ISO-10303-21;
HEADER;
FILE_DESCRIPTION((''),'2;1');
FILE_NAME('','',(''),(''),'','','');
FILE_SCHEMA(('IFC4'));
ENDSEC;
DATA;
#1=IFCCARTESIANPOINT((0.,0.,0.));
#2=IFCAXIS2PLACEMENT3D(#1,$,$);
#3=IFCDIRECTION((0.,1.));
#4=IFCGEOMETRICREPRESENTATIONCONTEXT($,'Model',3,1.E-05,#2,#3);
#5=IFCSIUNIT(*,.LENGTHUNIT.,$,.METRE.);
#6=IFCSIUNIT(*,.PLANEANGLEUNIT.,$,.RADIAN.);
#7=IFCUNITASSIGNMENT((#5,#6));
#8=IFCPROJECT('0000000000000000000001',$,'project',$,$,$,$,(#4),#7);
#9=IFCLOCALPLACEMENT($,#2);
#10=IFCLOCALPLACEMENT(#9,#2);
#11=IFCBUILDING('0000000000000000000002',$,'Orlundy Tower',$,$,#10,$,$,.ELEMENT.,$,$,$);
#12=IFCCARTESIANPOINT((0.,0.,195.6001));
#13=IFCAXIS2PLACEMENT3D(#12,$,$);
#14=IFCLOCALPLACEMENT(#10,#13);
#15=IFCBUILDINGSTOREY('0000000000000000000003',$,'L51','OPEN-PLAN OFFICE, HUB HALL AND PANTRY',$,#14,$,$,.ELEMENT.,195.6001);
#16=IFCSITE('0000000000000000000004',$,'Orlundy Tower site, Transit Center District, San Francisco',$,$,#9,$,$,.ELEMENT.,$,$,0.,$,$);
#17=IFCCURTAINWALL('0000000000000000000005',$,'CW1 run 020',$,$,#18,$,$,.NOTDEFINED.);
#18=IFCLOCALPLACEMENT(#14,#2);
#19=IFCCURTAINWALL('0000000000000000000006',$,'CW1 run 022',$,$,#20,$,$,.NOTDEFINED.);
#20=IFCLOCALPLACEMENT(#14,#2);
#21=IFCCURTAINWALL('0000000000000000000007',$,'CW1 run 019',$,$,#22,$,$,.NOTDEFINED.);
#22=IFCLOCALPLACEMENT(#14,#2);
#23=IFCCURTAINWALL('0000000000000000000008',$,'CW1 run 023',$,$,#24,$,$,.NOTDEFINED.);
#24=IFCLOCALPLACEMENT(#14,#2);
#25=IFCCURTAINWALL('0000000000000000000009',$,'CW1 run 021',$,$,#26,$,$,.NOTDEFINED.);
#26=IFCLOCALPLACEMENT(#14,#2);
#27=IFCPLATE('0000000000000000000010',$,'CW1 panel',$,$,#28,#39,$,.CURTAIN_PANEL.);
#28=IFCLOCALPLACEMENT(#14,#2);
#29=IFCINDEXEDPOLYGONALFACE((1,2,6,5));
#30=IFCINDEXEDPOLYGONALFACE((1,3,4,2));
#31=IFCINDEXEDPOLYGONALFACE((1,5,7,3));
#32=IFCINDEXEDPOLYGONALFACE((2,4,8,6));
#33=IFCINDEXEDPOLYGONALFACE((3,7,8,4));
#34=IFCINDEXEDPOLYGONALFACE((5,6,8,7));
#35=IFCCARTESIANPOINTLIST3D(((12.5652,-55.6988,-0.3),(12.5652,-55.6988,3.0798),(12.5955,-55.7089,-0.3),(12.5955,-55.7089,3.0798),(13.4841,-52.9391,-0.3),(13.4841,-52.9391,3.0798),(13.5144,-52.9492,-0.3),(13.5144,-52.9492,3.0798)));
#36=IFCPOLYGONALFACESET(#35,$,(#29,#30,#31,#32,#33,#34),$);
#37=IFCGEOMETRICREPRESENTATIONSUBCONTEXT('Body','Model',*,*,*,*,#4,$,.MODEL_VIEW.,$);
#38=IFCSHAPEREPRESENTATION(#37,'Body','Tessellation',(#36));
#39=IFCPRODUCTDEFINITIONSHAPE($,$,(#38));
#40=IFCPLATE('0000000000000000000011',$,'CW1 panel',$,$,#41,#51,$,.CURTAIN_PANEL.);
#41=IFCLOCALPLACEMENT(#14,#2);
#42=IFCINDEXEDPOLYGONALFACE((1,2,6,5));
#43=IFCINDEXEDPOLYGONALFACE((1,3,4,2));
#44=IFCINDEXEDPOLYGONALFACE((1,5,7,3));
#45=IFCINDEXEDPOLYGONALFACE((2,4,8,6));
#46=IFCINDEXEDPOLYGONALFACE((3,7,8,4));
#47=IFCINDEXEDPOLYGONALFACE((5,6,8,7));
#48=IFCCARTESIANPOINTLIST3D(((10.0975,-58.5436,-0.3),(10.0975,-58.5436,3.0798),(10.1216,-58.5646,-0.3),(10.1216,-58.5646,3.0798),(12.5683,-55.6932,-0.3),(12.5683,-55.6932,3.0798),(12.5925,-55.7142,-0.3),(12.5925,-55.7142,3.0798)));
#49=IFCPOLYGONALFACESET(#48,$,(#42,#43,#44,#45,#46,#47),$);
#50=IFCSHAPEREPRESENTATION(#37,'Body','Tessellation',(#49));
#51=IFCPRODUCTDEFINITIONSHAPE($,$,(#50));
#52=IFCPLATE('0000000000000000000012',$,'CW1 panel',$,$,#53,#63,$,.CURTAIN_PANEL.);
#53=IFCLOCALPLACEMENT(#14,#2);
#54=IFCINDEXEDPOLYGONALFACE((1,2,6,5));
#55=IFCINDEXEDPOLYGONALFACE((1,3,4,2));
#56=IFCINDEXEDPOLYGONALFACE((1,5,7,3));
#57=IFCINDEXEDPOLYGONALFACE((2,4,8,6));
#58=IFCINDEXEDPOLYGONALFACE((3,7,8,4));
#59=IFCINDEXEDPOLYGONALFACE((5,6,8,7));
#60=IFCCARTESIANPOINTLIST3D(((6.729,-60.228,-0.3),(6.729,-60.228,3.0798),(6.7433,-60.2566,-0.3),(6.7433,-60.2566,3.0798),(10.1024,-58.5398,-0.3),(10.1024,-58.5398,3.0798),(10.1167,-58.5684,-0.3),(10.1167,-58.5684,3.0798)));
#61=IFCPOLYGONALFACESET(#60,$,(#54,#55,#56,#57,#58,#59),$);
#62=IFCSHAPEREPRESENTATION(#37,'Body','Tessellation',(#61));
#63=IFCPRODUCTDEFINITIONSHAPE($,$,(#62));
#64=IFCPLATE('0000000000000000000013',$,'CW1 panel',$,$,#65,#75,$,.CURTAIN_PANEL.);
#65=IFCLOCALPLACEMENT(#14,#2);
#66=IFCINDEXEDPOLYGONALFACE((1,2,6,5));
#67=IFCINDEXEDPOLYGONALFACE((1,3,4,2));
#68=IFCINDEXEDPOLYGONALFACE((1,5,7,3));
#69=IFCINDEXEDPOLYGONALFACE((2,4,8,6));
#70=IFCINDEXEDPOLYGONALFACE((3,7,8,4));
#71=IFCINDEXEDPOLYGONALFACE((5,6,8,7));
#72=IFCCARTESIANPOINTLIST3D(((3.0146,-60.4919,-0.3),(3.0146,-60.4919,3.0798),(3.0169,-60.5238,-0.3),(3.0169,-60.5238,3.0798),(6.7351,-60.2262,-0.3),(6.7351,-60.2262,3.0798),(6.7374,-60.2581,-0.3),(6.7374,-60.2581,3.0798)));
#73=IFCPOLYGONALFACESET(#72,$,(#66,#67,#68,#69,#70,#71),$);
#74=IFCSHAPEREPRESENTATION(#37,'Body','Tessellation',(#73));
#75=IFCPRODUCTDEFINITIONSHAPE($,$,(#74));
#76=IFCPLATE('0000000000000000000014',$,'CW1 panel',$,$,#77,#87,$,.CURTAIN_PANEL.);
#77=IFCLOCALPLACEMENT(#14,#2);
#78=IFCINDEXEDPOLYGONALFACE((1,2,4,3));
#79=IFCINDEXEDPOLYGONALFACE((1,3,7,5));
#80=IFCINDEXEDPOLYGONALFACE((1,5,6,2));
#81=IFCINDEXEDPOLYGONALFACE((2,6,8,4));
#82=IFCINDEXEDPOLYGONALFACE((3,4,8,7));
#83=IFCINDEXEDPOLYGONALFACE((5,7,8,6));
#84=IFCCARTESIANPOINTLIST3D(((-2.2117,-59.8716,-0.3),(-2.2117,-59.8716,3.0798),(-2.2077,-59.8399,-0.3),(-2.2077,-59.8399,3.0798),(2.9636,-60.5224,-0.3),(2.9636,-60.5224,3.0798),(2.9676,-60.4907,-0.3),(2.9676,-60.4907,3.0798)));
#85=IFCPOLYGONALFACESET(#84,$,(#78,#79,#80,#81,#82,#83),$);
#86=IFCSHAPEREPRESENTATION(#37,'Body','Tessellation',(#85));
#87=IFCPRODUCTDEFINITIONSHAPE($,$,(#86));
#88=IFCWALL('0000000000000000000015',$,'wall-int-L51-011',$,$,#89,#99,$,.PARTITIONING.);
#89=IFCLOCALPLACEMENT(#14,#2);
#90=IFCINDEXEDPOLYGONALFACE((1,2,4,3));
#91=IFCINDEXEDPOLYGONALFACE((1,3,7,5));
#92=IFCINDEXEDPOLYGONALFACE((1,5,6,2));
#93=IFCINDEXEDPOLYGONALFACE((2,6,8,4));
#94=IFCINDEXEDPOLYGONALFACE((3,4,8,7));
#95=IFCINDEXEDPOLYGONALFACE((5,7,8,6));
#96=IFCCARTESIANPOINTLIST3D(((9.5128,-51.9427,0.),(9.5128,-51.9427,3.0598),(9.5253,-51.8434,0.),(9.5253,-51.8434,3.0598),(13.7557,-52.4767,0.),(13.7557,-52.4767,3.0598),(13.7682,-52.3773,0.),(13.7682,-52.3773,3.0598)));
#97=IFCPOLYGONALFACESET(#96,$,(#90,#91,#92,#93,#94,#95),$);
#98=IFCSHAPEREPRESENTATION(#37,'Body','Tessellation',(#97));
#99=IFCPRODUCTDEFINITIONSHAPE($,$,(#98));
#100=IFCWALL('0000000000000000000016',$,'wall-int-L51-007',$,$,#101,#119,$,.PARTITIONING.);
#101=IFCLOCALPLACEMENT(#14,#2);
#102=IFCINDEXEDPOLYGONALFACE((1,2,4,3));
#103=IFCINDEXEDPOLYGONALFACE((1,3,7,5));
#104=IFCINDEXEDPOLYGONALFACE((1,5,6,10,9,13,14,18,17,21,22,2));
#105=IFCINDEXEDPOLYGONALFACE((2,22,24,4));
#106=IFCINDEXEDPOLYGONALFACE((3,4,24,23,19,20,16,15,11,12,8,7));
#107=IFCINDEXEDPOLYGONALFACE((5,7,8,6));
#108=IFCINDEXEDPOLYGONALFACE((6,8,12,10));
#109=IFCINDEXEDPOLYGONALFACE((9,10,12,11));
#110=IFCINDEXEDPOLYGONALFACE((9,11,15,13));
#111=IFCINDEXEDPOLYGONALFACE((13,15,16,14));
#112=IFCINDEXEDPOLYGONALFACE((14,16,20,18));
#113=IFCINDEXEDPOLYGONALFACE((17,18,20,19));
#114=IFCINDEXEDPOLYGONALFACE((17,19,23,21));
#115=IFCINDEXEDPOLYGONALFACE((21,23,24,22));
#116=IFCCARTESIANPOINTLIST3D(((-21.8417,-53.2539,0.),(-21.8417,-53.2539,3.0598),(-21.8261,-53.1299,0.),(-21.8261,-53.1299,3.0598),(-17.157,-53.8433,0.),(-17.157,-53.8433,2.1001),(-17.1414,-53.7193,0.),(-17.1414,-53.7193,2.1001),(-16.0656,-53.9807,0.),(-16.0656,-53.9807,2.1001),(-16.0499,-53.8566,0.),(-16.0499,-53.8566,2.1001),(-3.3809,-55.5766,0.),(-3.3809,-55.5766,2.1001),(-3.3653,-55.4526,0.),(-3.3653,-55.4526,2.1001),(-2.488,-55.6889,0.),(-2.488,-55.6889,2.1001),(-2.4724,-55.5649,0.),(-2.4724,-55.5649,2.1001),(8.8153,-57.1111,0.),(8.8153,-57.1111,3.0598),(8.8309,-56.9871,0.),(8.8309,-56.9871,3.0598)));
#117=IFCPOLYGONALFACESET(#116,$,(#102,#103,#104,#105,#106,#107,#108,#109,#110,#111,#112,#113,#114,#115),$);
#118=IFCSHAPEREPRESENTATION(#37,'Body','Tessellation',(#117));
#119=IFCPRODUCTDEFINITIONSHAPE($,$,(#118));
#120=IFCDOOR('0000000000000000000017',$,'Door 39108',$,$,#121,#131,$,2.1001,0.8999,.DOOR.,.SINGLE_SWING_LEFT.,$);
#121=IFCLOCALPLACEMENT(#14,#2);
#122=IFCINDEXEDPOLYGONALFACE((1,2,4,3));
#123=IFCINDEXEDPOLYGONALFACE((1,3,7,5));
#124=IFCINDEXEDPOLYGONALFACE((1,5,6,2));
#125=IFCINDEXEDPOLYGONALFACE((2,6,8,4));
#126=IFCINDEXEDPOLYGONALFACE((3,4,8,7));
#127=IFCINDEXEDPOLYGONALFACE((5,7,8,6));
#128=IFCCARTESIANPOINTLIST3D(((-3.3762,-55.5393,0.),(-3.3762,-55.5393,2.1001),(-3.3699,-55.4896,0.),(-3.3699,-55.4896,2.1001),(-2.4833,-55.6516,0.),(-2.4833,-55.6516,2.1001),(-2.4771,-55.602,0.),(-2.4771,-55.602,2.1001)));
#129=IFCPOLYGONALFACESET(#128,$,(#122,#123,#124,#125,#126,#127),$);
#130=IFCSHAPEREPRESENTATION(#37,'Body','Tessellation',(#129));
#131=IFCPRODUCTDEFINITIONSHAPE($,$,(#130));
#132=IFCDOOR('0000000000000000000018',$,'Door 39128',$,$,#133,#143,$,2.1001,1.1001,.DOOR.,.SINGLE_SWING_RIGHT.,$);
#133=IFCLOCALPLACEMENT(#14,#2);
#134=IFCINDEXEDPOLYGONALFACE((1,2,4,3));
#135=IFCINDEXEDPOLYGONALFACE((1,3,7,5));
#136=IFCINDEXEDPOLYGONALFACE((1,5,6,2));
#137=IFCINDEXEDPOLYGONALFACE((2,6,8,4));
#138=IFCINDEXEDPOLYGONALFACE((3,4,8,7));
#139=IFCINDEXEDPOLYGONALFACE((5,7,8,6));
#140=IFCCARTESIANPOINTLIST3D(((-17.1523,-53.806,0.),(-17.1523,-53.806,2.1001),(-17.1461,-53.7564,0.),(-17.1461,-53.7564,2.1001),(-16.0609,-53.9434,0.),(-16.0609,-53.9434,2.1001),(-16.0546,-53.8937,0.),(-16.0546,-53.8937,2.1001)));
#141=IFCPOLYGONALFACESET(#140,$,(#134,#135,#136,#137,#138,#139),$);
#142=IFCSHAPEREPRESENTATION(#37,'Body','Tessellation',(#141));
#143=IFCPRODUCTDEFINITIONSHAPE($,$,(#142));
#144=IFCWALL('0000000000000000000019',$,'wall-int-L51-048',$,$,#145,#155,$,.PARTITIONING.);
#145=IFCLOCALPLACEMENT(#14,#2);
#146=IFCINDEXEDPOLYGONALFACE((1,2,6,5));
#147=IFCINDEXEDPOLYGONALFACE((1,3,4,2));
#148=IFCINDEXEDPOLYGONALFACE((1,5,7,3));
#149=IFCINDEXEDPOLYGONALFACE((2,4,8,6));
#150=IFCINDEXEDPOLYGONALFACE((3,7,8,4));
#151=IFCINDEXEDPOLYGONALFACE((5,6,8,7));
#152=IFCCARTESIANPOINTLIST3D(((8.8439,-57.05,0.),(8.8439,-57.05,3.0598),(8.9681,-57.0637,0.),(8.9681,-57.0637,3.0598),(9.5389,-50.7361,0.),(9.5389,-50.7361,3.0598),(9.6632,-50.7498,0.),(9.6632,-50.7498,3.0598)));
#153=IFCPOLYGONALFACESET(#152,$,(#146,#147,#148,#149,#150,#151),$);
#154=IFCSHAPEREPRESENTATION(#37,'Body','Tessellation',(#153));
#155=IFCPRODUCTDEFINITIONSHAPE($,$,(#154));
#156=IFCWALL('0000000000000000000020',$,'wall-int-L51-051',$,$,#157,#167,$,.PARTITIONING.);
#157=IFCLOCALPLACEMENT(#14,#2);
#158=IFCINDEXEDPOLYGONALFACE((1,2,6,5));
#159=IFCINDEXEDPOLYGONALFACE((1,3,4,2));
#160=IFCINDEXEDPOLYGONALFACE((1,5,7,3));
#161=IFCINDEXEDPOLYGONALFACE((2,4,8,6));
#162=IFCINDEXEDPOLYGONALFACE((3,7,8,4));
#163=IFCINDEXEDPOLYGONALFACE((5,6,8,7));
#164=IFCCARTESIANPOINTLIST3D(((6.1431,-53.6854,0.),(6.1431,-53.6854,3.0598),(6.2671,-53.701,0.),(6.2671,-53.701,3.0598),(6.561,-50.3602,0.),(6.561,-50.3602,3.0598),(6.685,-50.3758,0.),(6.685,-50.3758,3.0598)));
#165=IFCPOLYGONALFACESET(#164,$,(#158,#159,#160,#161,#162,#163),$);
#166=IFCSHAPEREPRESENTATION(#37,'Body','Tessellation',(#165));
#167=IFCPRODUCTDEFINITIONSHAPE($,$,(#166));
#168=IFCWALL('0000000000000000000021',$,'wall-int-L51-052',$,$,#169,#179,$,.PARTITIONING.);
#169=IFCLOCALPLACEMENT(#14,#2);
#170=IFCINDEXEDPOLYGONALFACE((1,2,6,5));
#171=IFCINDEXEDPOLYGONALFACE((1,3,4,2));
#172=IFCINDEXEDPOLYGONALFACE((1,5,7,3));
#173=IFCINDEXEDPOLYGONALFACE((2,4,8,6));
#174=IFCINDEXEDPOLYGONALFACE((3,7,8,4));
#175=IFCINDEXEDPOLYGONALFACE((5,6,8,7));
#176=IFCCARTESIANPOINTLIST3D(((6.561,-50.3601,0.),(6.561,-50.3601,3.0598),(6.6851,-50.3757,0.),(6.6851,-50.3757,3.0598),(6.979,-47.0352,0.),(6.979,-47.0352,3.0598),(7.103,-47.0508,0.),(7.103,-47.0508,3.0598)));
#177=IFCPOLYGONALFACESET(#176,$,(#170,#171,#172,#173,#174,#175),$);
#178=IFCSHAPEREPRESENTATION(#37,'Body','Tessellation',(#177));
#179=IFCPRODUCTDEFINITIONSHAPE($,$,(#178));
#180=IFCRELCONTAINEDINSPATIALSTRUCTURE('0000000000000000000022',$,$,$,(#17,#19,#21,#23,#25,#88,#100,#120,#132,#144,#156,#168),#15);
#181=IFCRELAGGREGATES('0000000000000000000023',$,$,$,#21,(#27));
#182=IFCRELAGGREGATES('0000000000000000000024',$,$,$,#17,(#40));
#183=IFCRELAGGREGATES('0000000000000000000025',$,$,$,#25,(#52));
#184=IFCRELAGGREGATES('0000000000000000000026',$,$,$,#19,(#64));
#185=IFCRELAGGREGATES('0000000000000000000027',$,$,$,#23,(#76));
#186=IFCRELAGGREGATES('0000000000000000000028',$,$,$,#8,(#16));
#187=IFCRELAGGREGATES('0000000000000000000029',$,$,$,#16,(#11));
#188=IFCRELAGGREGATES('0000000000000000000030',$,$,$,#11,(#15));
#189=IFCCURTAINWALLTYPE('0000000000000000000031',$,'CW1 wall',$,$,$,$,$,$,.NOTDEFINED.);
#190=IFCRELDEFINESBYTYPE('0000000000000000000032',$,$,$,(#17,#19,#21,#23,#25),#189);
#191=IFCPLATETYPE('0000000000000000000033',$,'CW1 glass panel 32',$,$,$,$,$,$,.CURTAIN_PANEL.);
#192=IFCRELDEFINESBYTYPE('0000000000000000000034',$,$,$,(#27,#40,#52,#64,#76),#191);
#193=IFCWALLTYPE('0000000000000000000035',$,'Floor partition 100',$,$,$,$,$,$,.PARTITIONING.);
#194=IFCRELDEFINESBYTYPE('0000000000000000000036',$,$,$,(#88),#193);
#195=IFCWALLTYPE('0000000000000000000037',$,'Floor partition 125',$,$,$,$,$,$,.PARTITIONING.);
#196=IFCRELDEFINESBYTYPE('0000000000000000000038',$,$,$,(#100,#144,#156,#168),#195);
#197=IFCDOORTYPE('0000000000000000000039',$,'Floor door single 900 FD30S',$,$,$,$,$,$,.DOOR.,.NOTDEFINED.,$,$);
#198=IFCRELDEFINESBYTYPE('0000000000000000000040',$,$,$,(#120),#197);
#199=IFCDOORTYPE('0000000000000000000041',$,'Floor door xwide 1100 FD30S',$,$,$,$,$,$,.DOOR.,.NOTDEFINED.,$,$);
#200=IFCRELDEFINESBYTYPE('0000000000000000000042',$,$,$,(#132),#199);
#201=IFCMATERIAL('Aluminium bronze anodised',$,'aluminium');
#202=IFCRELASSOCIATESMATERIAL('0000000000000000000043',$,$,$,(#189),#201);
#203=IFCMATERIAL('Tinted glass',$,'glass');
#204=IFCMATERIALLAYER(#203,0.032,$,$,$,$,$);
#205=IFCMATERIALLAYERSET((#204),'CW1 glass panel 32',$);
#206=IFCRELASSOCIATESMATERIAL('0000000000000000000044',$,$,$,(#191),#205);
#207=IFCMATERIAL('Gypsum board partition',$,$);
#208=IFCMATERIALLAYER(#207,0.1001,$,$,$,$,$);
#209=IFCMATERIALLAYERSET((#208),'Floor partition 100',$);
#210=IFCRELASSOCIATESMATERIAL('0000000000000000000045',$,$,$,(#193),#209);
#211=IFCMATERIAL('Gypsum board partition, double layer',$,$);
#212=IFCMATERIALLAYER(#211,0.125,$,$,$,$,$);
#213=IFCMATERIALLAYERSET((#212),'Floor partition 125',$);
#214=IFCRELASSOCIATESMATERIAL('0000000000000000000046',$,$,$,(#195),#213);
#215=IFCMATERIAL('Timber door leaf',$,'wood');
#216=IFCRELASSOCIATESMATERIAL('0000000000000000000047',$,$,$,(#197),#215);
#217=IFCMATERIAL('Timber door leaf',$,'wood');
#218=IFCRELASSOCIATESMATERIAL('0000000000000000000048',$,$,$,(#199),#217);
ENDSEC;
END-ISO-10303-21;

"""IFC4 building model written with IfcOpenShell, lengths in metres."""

from ifc_helpers import new_model, si_unit, direction, frame, frame_2d, origin, origin_2d, place, context, subcontext, project, spatial, rectangle, extrude, material, layer, layer_set, type_object, element, fill, aggregate, save


model = new_model("IFC4")

# Units and contexts
model_context = context("Model", 3, precision=1e-05, world=origin(), true_north=direction((0.0, 1.0)))
body_context = subcontext(model_context, "Body", "Model", "MODEL_VIEW")
ifc_project = project(units=[si_unit("LENGTHUNIT", "METRE"), si_unit("PLANEANGLEUNIT", "RADIAN")], contexts=[model_context])

# Site, building, storey
site_placement = place(None, origin())
site = spatial("IfcSite", under=ifc_project, at=site_placement, Name="Orlundy Tower site, Transit Center District, San Francisco", CompositionType="ELEMENT", RefElevation=0.0)
building_placement = place(site_placement, origin())
building = spatial("IfcBuilding", under=site, at=building_placement, Name="Orlundy Tower", CompositionType="ELEMENT")
storey_placement = place(building_placement, frame((0.0, 0.0, 195.6001)))
storey = spatial("IfcBuildingStorey", under=building, at=storey_placement, Name="L51", Description="OPEN-PLAN OFFICE, HUB HALL AND PANTRY", CompositionType="ELEMENT", Elevation=195.6001)

# Curtain walls
ifc_material_1 = material(Name="Aluminium bronze anodised", Category="aluminium")
curtain_wall_type = type_object("IfcCurtainWallType", Name="CW1 wall", PredefinedType="NOTDEFINED", material=ifc_material_1)
curtain_wall_1_placement = place(storey_placement, origin())
curtain_wall_1 = element("IfcCurtainWall", 1, at=curtain_wall_1_placement, inside=storey, type_object=curtain_wall_type, Name="CW1 run 020", PredefinedType="NOTDEFINED")
curtain_wall_2_placement = place(storey_placement, origin())
curtain_wall_2 = element("IfcCurtainWall", 2, at=curtain_wall_2_placement, inside=storey, type_object=curtain_wall_type, Name="CW1 run 022", PredefinedType="NOTDEFINED")
curtain_wall_3_placement = place(storey_placement, origin())
curtain_wall_3 = element("IfcCurtainWall", 3, at=curtain_wall_3_placement, inside=storey, type_object=curtain_wall_type, Name="CW1 run 019", PredefinedType="NOTDEFINED")
curtain_wall_4_placement = place(storey_placement, origin())
curtain_wall_4 = element("IfcCurtainWall", 4, at=curtain_wall_4_placement, inside=storey, type_object=curtain_wall_type, Name="CW1 run 023", PredefinedType="NOTDEFINED")

# Curtain wall
curtain_wall_5_placement = place(storey_placement, origin())
curtain_wall_5 = element("IfcCurtainWall", 5, at=curtain_wall_5_placement, inside=storey, type_object=curtain_wall_type, Name="CW1 run 021", PredefinedType="NOTDEFINED")

# Shared definitions
ifc_material_2 = material(Name="Tinted glass", Category="glass")
ifc_layer_1 = layer(ifc_material_2, 0.032)
ifc_layer_set_1 = layer_set([ifc_layer_1], Name="CW1 glass panel 32")
plate_type = type_object("IfcPlateType", Name="CW1 glass panel 32", PredefinedType="CURTAIN_PANEL", material=ifc_layer_set_1)

# Plates
plate_1_placement = place(storey_placement, frame((13.0398, -54.324, -0.3), z_axis=(0.0, 0.0, 1.0), x_axis=(-0.315904, -0.948791, 0.0)))
plate_1 = element("IfcPlate", 6, at=plate_1_placement, type_object=plate_type, Name="CW1 panel", PredefinedType="CURTAIN_PANEL", context=body_context, shape_type="SweptSolid", body=[
    extrude(rectangle(XDim=2.9087, YDim=0.032, at=origin_2d()), origin(), (0.0, 0.0, 1.0), 3.3799),
])
aggregate(curtain_wall_3, [plate_1])
plate_2_placement = place(storey_placement, frame((11.345, -57.1289, -0.3), z_axis=(0.0, 0.0, 1.0), x_axis=(-0.655002, -0.755627, 0.0)))
plate_2 = element("IfcPlate", 7, at=plate_2_placement, type_object=plate_type, Name="CW1 panel", PredefinedType="CURTAIN_PANEL", context=body_context, shape_type="SweptSolid", body=[
    extrude(rectangle(XDim=3.7722, YDim=0.032, at=origin_2d()), origin(), (0.0, 0.0, 1.0), 3.3799),
])
aggregate(curtain_wall_1, [plate_2])
plate_3_placement = place(storey_placement, frame((8.4229, -59.3982, -0.3), z_axis=(0.0, 0.0, 1.0), x_axis=(-0.894265, -0.447537, 0.0)))
plate_3 = element("IfcPlate", 8, at=plate_3_placement, type_object=plate_type, Name="CW1 panel", PredefinedType="CURTAIN_PANEL", context=body_context, shape_type="SweptSolid", body=[
    extrude(rectangle(XDim=3.7722, YDim=0.032, at=origin_2d()), origin(), (0.0, 0.0, 1.0), 3.3799),
])
aggregate(curtain_wall_5, [plate_3])
plate_4_placement = place(storey_placement, frame((4.876, -60.375, -0.3), z_axis=(0.0, 0.0, 1.0), x_axis=(-0.99746, -0.071228, 0.0)))
plate_4 = element("IfcPlate", 9, at=plate_4_placement, type_object=plate_type, Name="CW1 panel", PredefinedType="CURTAIN_PANEL", context=body_context, shape_type="SweptSolid", body=[
    extrude(rectangle(XDim=3.73, YDim=0.032, at=origin_2d()), origin(), (0.0, 0.0, 1.0), 3.3799),
])
aggregate(curtain_wall_2, [plate_4])
plate_5_placement = place(storey_placement, frame((0.3779, -60.1812, -0.3), z_axis=(0.0, 0.0, 1.0), x_axis=(-0.992187, 0.124761, 0.0)))
plate_5 = element("IfcPlate", 10, at=plate_5_placement, type_object=plate_type, Name="CW1 panel", PredefinedType="CURTAIN_PANEL", context=body_context, shape_type="SweptSolid", body=[
    extrude(rectangle(XDim=5.2161, YDim=0.032, at=origin_2d()), origin(), (0.0, 0.0, 1.0), 3.3799),
])
aggregate(curtain_wall_4, [plate_5])

# Wall
ifc_material_3 = material(Name="Gypsum board partition")
ifc_layer_2 = layer(ifc_material_3, 0.1001)
ifc_layer_set_2 = layer_set([ifc_layer_2], Name="Floor partition 100")
wall_type_1 = type_object("IfcWallType", Name="Floor partition 100", PredefinedType="PARTITIONING", material=ifc_layer_set_2)
wall_1_placement = place(storey_placement, frame((9.519, -51.8931, 0.0), z_axis=(0.0, 0.0, 1.0), x_axis=(0.992175, -0.124857, 0.0)))
element("IfcWall", 11, at=wall_1_placement, inside=storey, type_object=wall_type_1, Name="wall-int-L51-011", PredefinedType="PARTITIONING", context=body_context, shape_type="SweptSolid", body=[
    extrude(rectangle(XDim=4.2764, YDim=0.1001, at=frame_2d((2.1382, 0.0))), origin(), (0.0, 0.0, 1.0), 3.0598),
])

# Wall, openings, doors
ifc_material_4 = material(Name="Gypsum board partition, double layer")
ifc_layer_3 = layer(ifc_material_4, 0.125)
ifc_layer_set_3 = layer_set([ifc_layer_3], Name="Floor partition 125")
wall_type_2 = type_object("IfcWallType", Name="Floor partition 125", PredefinedType="PARTITIONING", material=ifc_layer_set_3)
wall_2_placement = place(storey_placement, frame((8.823, -57.0491, 0.0), z_axis=(0.0, 0.0, 1.0), x_axis=(-0.992178, 0.124833, 0.0)))
wall_2 = element("IfcWall", 12, at=wall_2_placement, inside=storey, type_object=wall_type_2, Name="wall-int-L51-007", PredefinedType="PARTITIONING", context=body_context, shape_type="SweptSolid", body=[
    extrude(rectangle(XDim=30.8987, YDim=0.125, at=frame_2d((15.4492, 0.0))), origin(), (0.0, 0.0, 1.0), 3.0598),
])
opening_1_placement = place(wall_2_placement, frame((11.3923, 0.0, 0.0)))
opening_1 = element("IfcOpeningElement", 13, at=opening_1_placement, cuts=wall_2, PredefinedType="OPENING", context=body_context, shape_type="SweptSolid", body=[
    extrude(rectangle(XDim=0.8999, YDim=2.1001, at=frame_2d((0.45, 1.05))), frame((0.0, 0.0725, 0.0), z_axis=(0.0, -1.0, 0.0), x_axis=(1.0, 0.0, 0.0)), (0.0, 0.0, 1.0), 0.145),
])
opening_2_placement = place(wall_2_placement, frame((25.0769, 0.0, 0.0)))
opening_2 = element("IfcOpeningElement", 14, at=opening_2_placement, cuts=wall_2, PredefinedType="OPENING", context=body_context, shape_type="SweptSolid", body=[
    extrude(rectangle(XDim=1.1001, YDim=2.1001, at=frame_2d((0.55, 1.05))), frame((0.0, 0.0725, 0.0), z_axis=(0.0, -1.0, 0.0), x_axis=(1.0, 0.0, 0.0)), (0.0, 0.0, 1.0), 0.145),
])
ifc_material_5 = material(Name="Timber door leaf", Category="wood")
door_type_1 = type_object("IfcDoorType", Name="Floor door single 900 FD30S", OperationType="NOTDEFINED", PredefinedType="DOOR", material=ifc_material_5)
door_1_placement = place(opening_1_placement, origin())
door_1 = element("IfcDoor", 15, at=door_1_placement, inside=storey, type_object=door_type_1, Name="Door 39108", OperationType="SINGLE_SWING_LEFT", OverallHeight=2.1001, OverallWidth=0.8999, PredefinedType="DOOR", context=body_context, shape_type="SweptSolid", body=[
    extrude(rectangle(XDim=0.8999, YDim=2.1001, at=frame_2d((0.45, 1.05))), frame((0.0, 0.0249, 0.0), z_axis=(0.0, -1.0, 0.0), x_axis=(1.0, 0.0, 0.0)), (0.0, 0.0, 1.0), 0.05),
])
fill(opening_1, door_1)
ifc_material_6 = material(Name="Timber door leaf", Category="wood")
door_type_2 = type_object("IfcDoorType", Name="Floor door xwide 1100 FD30S", OperationType="NOTDEFINED", PredefinedType="DOOR", material=ifc_material_6)
door_2_placement = place(opening_2_placement, origin())
door_2 = element("IfcDoor", 16, at=door_2_placement, inside=storey, type_object=door_type_2, Name="Door 39128", OperationType="SINGLE_SWING_RIGHT", OverallHeight=2.1001, OverallWidth=1.1001, PredefinedType="DOOR", context=body_context, shape_type="SweptSolid", body=[
    extrude(rectangle(XDim=1.1001, YDim=2.1001, at=frame_2d((0.55, 1.05))), frame((0.0, 0.0249, 0.0), z_axis=(0.0, -1.0, 0.0), x_axis=(1.0, 0.0, 0.0)), (0.0, 0.0, 1.0), 0.05),
])
fill(opening_2, door_2)

# Walls
wall_3_placement = place(storey_placement, frame((9.6011, -50.7429, 0.0), z_axis=(0.0, 0.0, 1.0), x_axis=(-0.109423, -0.993995, 0.0)))
element("IfcWall", 17, at=wall_3_placement, inside=storey, type_object=wall_type_2, Name="wall-int-L51-048", PredefinedType="PARTITIONING", context=body_context, shape_type="SweptSolid", body=[
    extrude(rectangle(XDim=6.3521, YDim=0.125, at=frame_2d((3.176, 0.0))), origin(), (0.0, 0.0, 1.0), 3.0598),
])
wall_4_placement = place(storey_placement, frame((6.623, -50.3679, 0.0), z_axis=(0.0, 0.0, 1.0), x_axis=(-0.124716, -0.992192, 0.0)))
element("IfcWall", 18, at=wall_4_placement, inside=storey, type_object=wall_type_2, Name="wall-int-L51-051", PredefinedType="PARTITIONING", context=body_context, shape_type="SweptSolid", body=[
    extrude(rectangle(XDim=3.3513, YDim=0.125, at=frame_2d((1.6758, 0.0))), origin(), (0.0, 0.0, 1.0), 3.0598),
])
wall_5_placement = place(storey_placement, frame((6.623, -50.3679, 0.0), z_axis=(0.0, 0.0, 1.0), x_axis=(0.124725, 0.992191, 0.0)))
element("IfcWall", 19, at=wall_5_placement, inside=storey, type_object=wall_type_2, Name="wall-int-L51-052", PredefinedType="PARTITIONING", context=body_context, shape_type="SweptSolid", body=[
    extrude(rectangle(XDim=3.3511, YDim=0.125, at=frame_2d((1.6755, 0.0))), origin(), (0.0, 0.0, 1.0), 3.0598),
])

save(model, "model.ifc")
